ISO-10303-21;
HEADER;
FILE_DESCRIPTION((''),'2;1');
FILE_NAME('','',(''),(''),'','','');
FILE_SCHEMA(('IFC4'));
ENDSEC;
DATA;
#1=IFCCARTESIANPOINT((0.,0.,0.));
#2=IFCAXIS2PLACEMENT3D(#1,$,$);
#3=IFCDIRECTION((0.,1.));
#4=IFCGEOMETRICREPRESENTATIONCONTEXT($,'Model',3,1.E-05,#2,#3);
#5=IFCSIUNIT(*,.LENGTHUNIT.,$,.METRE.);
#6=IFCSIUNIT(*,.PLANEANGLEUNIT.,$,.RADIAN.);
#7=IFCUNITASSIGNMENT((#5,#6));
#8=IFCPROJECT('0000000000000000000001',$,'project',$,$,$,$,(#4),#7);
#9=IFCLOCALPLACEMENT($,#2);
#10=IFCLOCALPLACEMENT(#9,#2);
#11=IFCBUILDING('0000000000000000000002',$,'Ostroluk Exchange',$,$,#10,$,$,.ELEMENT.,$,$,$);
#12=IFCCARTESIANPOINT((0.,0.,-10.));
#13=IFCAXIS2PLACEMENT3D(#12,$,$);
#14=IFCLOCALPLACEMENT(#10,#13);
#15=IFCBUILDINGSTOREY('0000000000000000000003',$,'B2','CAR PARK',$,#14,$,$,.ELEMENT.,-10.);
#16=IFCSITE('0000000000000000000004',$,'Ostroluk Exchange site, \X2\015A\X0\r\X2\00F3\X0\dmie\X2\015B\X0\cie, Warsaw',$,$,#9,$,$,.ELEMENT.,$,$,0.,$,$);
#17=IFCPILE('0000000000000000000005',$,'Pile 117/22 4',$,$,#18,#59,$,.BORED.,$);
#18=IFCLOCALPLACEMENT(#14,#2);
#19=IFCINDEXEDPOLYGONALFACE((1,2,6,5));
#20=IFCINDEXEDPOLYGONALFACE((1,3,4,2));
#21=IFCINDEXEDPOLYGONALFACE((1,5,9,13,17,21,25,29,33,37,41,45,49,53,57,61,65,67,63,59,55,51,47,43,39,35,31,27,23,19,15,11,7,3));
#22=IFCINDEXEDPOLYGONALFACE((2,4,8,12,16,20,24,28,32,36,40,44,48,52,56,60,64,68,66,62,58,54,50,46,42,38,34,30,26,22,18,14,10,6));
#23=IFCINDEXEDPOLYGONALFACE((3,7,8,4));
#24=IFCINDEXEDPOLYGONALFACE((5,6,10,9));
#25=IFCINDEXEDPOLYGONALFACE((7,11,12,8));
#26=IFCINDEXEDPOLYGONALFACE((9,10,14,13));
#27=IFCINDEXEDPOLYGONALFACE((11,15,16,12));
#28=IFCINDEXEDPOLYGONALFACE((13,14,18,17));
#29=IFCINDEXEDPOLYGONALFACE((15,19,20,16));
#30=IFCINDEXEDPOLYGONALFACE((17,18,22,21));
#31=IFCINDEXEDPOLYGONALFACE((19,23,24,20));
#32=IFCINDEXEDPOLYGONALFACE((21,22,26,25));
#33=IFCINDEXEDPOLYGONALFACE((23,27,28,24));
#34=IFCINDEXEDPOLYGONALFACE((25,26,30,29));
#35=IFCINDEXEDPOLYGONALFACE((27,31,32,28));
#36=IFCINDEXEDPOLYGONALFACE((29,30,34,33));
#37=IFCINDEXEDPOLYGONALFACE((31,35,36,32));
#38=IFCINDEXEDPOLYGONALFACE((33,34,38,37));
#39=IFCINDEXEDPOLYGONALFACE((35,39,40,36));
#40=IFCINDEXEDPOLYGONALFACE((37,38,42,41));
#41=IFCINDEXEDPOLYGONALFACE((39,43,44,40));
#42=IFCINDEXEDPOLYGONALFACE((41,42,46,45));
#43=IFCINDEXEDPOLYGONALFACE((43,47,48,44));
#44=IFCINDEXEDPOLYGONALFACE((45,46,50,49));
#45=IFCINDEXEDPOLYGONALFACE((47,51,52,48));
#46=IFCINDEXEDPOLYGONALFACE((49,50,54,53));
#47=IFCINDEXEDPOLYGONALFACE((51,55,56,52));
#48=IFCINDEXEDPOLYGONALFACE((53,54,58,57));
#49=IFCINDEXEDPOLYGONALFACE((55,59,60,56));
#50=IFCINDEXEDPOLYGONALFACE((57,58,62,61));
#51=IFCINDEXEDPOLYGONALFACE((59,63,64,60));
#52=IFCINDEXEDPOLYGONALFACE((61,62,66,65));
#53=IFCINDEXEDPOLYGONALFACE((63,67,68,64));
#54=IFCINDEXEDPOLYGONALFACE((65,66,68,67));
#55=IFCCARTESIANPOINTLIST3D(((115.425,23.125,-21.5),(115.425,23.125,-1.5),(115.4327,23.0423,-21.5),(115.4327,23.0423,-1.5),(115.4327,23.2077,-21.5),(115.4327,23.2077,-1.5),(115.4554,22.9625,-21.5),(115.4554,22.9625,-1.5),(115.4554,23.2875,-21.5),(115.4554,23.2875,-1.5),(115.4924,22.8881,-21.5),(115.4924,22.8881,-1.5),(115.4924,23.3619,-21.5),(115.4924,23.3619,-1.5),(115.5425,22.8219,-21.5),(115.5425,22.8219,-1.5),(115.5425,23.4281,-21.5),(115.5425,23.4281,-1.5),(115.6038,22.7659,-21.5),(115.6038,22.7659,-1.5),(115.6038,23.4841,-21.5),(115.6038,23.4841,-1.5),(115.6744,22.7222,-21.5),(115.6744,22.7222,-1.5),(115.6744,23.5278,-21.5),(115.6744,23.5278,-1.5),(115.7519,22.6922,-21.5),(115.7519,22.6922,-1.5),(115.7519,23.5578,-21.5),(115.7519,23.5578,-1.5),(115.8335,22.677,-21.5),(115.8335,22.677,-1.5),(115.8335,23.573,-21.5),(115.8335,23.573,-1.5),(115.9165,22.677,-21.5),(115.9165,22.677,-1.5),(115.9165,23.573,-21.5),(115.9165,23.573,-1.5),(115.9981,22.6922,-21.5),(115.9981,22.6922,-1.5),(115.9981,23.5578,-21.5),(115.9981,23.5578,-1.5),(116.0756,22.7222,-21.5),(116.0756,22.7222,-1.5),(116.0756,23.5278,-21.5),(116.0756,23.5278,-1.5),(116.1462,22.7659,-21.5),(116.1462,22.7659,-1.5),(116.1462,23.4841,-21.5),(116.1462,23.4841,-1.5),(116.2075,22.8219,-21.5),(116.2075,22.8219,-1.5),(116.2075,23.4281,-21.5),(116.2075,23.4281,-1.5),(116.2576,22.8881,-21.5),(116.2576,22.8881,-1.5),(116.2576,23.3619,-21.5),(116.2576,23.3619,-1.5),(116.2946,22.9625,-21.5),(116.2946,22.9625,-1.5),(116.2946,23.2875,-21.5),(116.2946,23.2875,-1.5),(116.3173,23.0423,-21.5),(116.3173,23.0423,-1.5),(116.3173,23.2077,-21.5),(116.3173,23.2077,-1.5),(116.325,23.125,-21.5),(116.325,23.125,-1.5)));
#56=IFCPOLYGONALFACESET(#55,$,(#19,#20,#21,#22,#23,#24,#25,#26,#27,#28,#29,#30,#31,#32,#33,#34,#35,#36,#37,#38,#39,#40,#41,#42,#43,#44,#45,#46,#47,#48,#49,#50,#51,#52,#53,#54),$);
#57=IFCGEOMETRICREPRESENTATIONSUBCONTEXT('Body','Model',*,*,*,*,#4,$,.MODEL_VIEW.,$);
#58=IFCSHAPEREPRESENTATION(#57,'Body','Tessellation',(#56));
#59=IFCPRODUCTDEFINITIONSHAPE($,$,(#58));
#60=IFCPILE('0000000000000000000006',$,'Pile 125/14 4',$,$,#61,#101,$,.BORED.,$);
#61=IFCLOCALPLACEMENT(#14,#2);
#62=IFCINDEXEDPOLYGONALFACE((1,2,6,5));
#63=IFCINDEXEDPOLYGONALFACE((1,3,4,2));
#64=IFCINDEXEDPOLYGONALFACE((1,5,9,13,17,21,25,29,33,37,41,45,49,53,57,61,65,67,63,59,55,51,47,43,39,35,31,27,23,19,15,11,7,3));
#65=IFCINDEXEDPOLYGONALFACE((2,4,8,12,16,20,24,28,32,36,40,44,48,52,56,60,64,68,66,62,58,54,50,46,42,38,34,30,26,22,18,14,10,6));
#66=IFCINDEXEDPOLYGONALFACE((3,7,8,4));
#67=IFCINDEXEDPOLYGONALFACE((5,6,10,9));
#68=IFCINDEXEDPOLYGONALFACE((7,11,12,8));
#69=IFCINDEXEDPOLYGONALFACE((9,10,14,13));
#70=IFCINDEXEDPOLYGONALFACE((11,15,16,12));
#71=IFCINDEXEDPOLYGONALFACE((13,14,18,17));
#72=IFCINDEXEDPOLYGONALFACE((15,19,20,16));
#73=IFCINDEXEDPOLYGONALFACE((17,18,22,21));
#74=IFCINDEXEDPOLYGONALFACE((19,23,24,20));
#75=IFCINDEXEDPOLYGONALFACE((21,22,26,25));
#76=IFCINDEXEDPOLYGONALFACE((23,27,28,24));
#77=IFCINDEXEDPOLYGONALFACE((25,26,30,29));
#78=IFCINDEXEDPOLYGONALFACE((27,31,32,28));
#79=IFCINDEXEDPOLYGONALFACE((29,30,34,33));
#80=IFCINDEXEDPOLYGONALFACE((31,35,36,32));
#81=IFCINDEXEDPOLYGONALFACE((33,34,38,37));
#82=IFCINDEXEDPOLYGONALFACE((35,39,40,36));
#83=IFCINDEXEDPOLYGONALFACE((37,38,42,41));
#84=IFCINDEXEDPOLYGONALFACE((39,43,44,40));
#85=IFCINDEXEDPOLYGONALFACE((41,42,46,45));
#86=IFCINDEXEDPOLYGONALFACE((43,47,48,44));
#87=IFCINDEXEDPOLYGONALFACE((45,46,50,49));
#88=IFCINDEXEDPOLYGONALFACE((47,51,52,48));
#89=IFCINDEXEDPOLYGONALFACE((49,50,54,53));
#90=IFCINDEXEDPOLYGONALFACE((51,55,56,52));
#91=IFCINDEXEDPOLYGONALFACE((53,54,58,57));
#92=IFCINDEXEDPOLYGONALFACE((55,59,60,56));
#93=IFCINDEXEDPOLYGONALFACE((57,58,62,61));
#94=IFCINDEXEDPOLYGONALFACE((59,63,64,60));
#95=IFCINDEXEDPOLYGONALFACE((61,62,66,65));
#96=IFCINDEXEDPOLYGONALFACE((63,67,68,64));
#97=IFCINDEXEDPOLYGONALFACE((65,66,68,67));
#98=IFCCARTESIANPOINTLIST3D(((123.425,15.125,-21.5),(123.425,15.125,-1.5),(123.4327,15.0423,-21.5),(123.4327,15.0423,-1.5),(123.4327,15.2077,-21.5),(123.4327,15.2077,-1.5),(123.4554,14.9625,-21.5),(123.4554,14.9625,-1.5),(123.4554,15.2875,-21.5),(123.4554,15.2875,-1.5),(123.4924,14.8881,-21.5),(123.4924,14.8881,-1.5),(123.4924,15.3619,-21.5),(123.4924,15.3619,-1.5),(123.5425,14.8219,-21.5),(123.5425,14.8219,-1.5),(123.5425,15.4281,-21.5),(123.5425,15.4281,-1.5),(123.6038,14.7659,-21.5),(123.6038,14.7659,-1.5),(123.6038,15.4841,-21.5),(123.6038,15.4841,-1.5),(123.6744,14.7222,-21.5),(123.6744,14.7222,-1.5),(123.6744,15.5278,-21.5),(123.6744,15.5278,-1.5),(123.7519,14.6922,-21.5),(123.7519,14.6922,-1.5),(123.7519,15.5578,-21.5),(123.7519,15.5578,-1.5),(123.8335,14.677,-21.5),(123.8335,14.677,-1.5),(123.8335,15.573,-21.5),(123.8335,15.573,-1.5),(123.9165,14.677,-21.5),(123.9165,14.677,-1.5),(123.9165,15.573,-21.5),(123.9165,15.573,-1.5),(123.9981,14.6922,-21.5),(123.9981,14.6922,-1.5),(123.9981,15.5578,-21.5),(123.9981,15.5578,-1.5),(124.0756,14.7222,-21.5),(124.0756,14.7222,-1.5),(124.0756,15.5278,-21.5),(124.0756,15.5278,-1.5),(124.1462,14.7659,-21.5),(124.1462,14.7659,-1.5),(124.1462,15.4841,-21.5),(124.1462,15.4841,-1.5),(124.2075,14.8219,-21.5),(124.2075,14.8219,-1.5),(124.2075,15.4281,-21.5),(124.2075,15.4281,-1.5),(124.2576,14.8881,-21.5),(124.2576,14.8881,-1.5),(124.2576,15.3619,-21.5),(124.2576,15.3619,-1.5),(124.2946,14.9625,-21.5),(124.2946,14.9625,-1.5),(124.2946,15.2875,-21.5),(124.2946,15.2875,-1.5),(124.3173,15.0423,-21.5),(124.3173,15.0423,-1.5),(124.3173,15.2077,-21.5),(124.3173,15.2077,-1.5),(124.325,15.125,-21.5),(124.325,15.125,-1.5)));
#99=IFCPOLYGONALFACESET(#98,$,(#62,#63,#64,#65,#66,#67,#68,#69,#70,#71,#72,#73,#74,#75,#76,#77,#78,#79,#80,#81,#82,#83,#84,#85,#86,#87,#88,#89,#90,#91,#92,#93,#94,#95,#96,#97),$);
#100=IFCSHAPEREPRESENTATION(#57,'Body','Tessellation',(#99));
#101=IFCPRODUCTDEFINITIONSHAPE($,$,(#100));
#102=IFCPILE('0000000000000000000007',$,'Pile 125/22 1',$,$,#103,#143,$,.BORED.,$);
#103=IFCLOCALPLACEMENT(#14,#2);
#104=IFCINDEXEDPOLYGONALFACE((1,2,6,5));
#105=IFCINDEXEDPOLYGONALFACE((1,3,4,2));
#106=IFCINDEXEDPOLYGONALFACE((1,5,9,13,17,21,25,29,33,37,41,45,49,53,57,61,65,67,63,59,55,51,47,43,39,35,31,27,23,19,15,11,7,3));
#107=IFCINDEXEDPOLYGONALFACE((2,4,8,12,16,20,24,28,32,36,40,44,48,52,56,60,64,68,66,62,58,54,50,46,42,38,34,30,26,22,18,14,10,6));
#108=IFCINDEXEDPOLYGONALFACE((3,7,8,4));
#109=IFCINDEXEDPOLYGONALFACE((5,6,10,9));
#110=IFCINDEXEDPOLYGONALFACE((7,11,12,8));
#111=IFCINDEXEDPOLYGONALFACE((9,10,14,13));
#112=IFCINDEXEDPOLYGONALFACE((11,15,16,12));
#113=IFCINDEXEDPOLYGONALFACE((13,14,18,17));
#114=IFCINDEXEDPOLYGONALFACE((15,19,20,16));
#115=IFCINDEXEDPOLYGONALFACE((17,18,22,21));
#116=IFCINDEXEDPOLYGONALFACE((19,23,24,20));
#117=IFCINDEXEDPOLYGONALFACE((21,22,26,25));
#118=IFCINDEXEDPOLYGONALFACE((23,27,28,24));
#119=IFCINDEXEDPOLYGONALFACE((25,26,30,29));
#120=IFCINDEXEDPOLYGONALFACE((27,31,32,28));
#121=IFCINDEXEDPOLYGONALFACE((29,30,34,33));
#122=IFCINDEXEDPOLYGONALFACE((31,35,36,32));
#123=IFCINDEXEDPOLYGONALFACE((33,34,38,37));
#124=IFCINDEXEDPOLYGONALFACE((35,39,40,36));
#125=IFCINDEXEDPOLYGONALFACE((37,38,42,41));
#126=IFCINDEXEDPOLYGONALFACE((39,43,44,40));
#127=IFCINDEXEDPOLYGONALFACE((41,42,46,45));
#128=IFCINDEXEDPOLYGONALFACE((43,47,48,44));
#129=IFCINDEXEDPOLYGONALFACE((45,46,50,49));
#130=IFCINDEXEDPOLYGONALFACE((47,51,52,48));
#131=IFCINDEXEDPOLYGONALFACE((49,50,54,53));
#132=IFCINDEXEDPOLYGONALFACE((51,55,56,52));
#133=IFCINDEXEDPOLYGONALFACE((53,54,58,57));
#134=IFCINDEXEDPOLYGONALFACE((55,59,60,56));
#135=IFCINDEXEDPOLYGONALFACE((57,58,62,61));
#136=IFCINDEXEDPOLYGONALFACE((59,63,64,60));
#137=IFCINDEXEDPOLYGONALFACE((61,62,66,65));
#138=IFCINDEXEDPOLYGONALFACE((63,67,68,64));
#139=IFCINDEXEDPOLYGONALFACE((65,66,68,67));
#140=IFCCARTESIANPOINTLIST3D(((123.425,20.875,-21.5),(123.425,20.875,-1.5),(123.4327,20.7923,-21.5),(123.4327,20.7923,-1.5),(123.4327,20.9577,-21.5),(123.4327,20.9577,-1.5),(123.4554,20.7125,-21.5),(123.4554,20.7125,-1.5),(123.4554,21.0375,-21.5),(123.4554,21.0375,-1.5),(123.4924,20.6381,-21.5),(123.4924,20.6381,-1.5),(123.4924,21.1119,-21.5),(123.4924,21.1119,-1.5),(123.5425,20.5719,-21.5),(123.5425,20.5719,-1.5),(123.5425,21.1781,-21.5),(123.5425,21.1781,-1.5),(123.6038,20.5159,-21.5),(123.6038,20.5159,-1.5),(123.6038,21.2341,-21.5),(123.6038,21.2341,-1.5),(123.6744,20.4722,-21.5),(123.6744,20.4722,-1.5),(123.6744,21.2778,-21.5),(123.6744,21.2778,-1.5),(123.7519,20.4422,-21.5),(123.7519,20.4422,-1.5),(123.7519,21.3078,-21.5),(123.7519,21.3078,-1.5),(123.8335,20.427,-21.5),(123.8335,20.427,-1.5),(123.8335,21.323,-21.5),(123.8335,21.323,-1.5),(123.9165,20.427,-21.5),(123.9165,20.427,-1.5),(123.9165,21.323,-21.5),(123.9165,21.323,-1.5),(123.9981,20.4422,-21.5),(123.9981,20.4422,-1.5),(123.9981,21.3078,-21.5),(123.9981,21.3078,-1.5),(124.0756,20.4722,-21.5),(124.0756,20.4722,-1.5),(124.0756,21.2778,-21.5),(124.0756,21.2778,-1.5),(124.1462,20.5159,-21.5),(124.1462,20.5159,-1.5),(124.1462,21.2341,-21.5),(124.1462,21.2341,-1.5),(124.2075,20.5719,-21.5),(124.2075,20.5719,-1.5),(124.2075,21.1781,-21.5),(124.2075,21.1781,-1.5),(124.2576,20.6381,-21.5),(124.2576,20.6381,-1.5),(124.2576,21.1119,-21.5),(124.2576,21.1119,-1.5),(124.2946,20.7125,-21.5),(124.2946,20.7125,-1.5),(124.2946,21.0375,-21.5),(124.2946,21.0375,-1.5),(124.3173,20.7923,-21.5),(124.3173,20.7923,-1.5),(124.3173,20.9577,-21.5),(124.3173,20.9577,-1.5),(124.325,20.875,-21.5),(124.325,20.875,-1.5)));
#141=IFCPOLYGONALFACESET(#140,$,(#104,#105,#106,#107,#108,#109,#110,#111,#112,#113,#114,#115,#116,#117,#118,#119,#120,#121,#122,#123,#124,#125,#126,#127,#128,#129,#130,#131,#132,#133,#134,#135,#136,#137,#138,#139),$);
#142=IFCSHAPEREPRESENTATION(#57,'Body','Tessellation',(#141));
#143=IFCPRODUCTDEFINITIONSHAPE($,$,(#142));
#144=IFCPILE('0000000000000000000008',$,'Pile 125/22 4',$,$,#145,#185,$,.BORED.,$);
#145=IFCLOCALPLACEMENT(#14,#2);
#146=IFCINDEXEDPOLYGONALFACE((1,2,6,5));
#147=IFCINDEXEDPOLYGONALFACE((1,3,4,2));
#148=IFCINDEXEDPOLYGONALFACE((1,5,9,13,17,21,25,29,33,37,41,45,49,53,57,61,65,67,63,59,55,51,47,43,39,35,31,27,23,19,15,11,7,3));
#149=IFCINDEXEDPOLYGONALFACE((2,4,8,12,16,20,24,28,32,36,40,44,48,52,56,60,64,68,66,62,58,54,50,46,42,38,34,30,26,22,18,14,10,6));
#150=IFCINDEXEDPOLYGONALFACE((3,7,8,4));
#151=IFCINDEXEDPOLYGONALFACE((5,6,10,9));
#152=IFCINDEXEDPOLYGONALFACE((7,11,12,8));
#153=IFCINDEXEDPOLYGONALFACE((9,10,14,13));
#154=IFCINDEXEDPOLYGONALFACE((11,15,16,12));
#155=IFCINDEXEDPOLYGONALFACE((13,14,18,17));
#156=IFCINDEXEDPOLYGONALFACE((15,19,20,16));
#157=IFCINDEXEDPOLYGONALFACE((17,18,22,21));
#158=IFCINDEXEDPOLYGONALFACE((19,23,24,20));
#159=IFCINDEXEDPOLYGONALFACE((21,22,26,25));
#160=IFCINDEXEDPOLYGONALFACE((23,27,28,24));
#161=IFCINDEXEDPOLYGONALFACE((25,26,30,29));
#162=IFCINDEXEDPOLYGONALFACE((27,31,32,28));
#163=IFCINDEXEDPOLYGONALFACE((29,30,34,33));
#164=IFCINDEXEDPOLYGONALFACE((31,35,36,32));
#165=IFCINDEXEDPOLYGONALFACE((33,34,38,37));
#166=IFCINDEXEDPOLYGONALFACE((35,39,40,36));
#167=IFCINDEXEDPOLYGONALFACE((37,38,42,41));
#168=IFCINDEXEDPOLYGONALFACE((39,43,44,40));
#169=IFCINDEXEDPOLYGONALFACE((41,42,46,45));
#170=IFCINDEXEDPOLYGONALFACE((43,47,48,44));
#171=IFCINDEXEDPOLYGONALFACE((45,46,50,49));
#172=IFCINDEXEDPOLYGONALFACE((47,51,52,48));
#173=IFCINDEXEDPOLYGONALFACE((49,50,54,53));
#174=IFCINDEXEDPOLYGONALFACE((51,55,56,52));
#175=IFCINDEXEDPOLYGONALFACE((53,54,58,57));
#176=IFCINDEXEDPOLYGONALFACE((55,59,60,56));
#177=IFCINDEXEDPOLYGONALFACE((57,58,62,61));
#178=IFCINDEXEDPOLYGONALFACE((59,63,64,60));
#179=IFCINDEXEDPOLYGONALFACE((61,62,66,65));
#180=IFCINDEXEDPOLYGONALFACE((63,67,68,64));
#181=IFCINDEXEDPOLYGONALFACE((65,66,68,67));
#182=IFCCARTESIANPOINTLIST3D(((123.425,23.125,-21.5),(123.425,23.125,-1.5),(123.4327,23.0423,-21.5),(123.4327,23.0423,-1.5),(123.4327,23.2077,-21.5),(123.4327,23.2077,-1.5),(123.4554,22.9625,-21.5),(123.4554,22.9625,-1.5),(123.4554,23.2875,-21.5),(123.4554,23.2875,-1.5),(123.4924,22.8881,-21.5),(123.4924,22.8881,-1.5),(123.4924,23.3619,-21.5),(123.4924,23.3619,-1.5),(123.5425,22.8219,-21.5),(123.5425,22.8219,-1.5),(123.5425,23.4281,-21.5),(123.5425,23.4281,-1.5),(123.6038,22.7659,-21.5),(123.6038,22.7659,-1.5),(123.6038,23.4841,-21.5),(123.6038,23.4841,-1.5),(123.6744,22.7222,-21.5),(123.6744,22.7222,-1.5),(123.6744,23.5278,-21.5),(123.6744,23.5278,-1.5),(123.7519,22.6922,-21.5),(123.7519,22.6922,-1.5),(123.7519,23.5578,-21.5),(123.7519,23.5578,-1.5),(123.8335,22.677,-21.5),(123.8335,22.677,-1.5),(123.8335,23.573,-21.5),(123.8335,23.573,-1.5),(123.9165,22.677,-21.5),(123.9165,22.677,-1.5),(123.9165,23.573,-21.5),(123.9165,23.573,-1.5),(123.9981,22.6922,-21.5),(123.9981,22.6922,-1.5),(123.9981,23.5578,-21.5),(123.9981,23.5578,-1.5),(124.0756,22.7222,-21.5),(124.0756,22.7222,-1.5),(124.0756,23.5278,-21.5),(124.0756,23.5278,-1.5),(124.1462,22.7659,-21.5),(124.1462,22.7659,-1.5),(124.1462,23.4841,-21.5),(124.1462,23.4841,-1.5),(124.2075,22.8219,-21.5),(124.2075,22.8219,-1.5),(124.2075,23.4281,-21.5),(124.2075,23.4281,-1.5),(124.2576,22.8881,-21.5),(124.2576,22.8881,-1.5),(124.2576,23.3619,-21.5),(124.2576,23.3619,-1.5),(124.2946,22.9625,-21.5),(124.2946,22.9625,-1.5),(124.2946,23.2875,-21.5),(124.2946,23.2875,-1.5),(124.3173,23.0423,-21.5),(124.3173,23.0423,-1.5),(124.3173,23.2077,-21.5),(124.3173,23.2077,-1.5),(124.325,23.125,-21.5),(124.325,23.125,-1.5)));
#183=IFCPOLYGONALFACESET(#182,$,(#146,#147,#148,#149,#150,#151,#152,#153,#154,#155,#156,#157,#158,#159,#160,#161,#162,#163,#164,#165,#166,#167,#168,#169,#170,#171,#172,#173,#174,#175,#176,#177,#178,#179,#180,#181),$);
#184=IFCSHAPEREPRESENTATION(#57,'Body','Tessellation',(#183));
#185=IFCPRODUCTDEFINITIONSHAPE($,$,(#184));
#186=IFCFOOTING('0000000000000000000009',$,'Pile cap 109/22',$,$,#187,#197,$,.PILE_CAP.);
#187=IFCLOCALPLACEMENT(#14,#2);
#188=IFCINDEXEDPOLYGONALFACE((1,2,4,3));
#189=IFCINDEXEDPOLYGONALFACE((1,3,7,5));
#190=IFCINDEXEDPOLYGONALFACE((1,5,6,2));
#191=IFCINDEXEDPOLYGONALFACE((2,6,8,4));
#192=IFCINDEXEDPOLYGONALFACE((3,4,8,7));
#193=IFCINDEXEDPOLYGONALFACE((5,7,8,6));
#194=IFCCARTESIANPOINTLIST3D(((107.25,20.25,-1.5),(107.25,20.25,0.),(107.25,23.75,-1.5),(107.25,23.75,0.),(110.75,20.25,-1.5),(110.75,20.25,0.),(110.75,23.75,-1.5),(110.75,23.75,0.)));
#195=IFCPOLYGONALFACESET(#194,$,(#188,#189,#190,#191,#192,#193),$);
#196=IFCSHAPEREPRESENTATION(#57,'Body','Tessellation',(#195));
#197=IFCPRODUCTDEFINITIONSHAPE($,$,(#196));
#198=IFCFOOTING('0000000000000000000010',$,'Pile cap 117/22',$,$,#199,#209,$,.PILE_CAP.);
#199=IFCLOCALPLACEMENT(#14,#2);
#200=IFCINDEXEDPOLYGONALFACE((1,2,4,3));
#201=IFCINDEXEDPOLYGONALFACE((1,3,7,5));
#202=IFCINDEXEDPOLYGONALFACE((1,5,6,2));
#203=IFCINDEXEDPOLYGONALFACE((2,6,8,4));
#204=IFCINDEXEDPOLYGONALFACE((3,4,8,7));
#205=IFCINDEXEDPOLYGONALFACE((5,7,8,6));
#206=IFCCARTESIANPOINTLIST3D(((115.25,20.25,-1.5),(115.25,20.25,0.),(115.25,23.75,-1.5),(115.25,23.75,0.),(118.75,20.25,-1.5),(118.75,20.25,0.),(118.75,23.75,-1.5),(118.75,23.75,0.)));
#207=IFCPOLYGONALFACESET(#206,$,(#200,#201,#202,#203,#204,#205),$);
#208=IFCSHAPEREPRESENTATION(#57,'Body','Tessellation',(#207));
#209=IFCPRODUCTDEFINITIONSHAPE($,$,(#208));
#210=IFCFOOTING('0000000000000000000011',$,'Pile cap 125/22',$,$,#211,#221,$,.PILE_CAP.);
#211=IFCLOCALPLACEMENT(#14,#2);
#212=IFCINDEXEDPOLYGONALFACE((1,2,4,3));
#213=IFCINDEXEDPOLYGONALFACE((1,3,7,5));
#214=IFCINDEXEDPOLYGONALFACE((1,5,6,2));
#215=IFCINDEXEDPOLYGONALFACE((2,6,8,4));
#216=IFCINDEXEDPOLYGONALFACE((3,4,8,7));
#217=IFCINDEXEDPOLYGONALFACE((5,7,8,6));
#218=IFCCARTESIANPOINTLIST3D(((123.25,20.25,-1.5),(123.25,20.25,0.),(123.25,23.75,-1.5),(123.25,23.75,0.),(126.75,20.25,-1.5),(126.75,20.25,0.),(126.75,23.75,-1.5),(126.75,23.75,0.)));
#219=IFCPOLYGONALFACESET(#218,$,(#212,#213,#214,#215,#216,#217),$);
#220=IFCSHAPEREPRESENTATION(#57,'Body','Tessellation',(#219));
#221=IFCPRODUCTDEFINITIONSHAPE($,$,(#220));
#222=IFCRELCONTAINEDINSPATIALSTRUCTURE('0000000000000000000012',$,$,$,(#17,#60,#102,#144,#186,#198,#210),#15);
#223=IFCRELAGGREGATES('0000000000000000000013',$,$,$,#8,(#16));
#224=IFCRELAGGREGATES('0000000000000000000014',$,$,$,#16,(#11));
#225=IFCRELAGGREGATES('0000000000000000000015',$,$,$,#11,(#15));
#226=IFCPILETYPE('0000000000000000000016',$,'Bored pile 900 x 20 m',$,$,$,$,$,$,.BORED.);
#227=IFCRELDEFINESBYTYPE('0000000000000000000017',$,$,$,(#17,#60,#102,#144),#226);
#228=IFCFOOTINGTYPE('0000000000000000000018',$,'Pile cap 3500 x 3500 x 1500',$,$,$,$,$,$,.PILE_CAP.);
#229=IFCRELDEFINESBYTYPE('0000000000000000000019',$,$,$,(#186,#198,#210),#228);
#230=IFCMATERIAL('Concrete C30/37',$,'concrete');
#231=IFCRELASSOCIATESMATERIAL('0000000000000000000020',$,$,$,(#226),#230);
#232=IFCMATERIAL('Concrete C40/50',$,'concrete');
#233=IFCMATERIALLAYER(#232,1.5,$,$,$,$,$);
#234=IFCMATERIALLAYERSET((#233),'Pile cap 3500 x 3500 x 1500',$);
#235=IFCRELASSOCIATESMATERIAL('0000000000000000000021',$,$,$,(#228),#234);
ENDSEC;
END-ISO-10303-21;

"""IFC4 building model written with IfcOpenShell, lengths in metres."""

from ifc_helpers import new_model, si_unit, direction, frame, origin, origin_2d, place, context, subcontext, project, spatial, rectangle, circle, extrude, material, layer, layer_set, type_object, element, save


model = new_model("IFC4")

# Units and contexts
model_context = context("Model", 3, precision=1e-05, world=origin(), true_north=direction((0.0, 1.0)))
body_context = subcontext(model_context, "Body", "Model", "MODEL_VIEW")
ifc_project = project(units=[si_unit("LENGTHUNIT", "METRE"), si_unit("PLANEANGLEUNIT", "RADIAN")], contexts=[model_context])

# Site, building, storey
site_placement = place(None, origin())
site = spatial("IfcSite", under=ifc_project, at=site_placement, Name="Ostroluk Exchange site, Śródmieście, Warsaw", CompositionType="ELEMENT", RefElevation=0.0)
building_placement = place(site_placement, origin())
building = spatial("IfcBuilding", under=site, at=building_placement, Name="Ostroluk Exchange", CompositionType="ELEMENT")
storey_placement = place(building_placement, frame((0.0, 0.0, -10.0)))
storey = spatial("IfcBuildingStorey", under=building, at=storey_placement, Name="B2", Description="CAR PARK", CompositionType="ELEMENT", Elevation=-10.0)

# Piles
ifc_material_1 = material(Name="Concrete C30/37", Category="concrete")
pile_type_1 = type_object("IfcPileType", Name="Bored pile 900 x 20 m", PredefinedType="BORED", material=ifc_material_1)
for number, where, z_axis, x_axis, name in (
    (1, (115.875, 23.125, -1.5), (0.0, 0.0, -1.0), (1.0, 0.0, 0.0), "Pile 117/22 4"),
    (2, (123.875, 15.125, -1.5), (0.0, 0.0, -1.0), (1.0, 0.0, 0.0), "Pile 125/14 4"),
    (3, (123.875, 20.875, -1.5), (0.0, 0.0, -1.0), (1.0, 0.0, 0.0), "Pile 125/22 1"),
    (4, (123.875, 23.125, -1.5), (0.0, 0.0, -1.0), (1.0, 0.0, 0.0), "Pile 125/22 4"),
):
    element("IfcPile", number, at=place(storey_placement, frame(where, z_axis=z_axis, x_axis=x_axis)), inside=storey, type_object=pile_type_1, Name=name, PredefinedType="BORED", context=body_context, shape_type="SweptSolid", body=[
        extrude(circle(Radius=0.45, at=origin_2d()), origin(), (0.0, 0.0, 1.0), 20.0),
    ])

# Footings
ifc_material_2 = material(Name="Concrete C40/50", Category="concrete")
ifc_layer = layer(ifc_material_2, 1.5)
ifc_layer_set = layer_set([ifc_layer], Name="Pile cap 3500 x 3500 x 1500")
footing_type = type_object("IfcFootingType", Name="Pile cap 3500 x 3500 x 1500", PredefinedType="PILE_CAP", material=ifc_layer_set)
for number, where, z_axis, x_axis, name in (
    (5, (109.0, 22.0, -1.5), (0.0, 0.0, 1.0), (1.0, 0.0, 0.0), "Pile cap 109/22"),
    (6, (117.0, 22.0, -1.5), (0.0, 0.0, 1.0), (1.0, 0.0, 0.0), "Pile cap 117/22"),
    (7, (125.0, 22.0, -1.5), (0.0, 0.0, 1.0), (1.0, 0.0, 0.0), "Pile cap 125/22"),
):
    element("IfcFooting", number, at=place(storey_placement, frame(where, z_axis=z_axis, x_axis=x_axis)), inside=storey, type_object=footing_type, Name=name, PredefinedType="PILE_CAP", context=body_context, shape_type="SweptSolid", body=[
        extrude(rectangle(XDim=3.5, YDim=3.5, at=origin_2d()), origin(), (0.0, 0.0, 1.0), 1.5),
    ])

save(model, "model.ifc")
